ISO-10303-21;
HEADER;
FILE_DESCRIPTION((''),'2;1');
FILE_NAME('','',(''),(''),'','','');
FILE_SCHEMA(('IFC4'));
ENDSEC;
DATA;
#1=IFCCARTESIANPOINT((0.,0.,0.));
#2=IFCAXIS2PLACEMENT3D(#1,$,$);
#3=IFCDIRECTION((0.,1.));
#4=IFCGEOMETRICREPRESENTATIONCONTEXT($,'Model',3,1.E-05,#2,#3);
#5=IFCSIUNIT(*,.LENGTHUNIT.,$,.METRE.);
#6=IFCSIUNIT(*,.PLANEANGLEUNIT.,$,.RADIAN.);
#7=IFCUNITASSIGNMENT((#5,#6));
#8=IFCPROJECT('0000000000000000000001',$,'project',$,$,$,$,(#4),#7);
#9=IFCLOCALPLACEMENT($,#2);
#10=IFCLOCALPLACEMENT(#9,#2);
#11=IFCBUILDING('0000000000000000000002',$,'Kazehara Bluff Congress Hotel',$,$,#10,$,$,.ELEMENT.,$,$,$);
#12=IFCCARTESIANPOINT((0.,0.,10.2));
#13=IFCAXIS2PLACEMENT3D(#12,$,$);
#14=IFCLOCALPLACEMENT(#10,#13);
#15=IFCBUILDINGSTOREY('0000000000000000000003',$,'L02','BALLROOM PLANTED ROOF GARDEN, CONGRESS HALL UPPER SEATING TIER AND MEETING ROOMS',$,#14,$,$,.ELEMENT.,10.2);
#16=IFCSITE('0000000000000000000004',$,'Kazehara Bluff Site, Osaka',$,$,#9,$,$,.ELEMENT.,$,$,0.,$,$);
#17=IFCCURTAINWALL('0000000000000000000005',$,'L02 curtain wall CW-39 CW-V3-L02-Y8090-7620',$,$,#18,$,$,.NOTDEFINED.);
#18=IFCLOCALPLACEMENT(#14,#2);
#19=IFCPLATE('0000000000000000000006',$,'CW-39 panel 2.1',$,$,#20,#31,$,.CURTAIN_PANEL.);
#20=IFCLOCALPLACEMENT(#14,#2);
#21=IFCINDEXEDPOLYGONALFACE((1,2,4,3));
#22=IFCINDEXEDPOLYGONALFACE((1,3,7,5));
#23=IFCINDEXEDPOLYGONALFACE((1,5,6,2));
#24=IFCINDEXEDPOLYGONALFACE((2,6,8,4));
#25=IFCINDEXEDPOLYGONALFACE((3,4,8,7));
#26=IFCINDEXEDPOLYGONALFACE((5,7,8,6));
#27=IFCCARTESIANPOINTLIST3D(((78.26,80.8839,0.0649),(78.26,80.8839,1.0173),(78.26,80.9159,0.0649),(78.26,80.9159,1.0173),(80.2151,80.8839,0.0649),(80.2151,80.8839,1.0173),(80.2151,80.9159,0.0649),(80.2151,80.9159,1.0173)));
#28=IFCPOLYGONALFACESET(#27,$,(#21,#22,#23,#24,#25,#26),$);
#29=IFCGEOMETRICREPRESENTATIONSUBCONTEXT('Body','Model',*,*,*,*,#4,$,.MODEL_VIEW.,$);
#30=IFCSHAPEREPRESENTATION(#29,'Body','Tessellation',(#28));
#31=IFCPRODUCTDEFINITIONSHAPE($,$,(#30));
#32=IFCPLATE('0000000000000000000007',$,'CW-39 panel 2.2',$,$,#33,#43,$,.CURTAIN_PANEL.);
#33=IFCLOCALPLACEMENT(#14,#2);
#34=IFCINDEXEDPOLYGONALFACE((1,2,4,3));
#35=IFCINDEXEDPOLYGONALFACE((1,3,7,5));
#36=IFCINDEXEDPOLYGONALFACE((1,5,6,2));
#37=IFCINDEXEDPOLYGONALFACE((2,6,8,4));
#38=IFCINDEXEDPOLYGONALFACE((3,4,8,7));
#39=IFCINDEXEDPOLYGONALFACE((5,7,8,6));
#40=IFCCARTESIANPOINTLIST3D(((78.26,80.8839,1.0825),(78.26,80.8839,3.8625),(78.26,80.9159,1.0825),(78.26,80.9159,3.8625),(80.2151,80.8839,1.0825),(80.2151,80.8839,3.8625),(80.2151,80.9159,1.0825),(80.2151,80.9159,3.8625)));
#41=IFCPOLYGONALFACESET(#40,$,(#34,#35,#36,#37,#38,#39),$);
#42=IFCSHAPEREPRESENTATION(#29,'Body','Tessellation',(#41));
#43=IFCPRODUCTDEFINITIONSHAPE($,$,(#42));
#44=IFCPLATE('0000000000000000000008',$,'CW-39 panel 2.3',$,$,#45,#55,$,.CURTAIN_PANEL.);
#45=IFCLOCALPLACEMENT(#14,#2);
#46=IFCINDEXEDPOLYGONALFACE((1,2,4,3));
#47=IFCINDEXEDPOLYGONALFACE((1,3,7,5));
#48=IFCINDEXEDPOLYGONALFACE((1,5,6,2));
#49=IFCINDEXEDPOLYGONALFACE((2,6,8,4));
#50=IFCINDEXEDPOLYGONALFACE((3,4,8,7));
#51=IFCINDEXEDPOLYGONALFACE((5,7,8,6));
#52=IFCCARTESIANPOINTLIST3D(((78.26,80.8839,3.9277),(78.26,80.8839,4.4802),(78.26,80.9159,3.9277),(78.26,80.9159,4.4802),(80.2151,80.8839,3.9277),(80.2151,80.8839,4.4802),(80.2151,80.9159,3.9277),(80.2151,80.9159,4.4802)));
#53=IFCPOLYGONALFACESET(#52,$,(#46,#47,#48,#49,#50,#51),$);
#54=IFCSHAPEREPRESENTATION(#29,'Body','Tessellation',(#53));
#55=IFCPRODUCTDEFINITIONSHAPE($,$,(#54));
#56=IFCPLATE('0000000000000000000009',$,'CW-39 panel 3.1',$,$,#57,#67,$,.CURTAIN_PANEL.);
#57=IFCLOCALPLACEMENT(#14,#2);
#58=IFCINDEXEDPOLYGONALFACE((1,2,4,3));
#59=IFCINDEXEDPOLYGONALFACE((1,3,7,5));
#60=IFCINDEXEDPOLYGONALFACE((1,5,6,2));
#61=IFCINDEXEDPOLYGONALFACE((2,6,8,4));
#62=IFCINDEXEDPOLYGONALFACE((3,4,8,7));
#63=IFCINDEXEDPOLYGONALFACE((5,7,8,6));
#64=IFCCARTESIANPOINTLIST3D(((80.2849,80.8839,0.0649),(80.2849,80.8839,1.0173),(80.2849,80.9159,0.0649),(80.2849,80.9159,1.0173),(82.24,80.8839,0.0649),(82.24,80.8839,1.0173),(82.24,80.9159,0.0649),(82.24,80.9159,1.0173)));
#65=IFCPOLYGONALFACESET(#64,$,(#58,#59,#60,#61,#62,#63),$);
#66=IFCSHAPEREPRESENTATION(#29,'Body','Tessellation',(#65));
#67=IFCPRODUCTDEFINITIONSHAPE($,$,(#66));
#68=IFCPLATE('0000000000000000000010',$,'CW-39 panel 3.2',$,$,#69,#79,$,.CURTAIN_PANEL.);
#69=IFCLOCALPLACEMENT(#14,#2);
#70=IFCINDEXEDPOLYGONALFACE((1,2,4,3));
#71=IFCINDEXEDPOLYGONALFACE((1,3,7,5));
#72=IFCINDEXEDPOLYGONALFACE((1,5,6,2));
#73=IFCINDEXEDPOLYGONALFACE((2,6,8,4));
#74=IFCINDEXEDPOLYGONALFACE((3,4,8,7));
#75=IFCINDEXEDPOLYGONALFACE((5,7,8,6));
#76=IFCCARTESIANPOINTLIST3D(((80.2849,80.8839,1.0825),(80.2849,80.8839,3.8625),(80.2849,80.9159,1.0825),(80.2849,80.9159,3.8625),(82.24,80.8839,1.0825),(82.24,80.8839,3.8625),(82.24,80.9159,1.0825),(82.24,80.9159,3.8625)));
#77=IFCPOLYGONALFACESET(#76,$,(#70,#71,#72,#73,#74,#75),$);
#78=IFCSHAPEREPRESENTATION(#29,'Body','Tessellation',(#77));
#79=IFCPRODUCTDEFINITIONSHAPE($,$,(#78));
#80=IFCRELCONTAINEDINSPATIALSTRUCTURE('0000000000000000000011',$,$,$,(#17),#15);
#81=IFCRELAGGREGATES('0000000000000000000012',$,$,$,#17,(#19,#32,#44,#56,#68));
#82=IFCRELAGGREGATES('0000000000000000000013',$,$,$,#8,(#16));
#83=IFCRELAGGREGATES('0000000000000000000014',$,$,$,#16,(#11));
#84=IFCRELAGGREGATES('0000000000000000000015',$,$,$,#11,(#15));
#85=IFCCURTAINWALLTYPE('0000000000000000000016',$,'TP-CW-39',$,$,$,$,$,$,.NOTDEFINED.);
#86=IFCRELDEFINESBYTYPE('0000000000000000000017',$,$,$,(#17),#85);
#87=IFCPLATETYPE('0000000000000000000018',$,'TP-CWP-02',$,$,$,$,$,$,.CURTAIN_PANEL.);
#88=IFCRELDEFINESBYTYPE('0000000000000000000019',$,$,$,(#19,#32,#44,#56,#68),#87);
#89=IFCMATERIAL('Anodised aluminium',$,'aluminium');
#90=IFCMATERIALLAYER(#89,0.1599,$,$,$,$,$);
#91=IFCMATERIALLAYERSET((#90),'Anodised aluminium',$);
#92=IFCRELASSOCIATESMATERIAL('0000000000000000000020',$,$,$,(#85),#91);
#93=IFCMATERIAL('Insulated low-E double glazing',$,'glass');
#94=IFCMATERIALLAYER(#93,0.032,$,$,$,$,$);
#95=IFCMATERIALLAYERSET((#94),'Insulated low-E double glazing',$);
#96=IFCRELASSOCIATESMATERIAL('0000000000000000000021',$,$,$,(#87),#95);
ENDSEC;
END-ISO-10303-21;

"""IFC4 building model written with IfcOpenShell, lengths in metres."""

from ifc_helpers import new_model, si_unit, direction, frame, origin, origin_2d, place, context, subcontext, project, spatial, rectangle, extrude, material, layer, layer_set, type_object, element, aggregate, save


model = new_model("IFC4")

# Units and contexts
model_context = context("Model", 3, precision=1e-05, world=origin(), true_north=direction((0.0, 1.0)))
body_context = subcontext(model_context, "Body", "Model", "MODEL_VIEW")
ifc_project = project(units=[si_unit("LENGTHUNIT", "METRE"), si_unit("PLANEANGLEUNIT", "RADIAN")], contexts=[model_context])

# Site, building, storey
site_placement = place(None, origin())
site = spatial("IfcSite", under=ifc_project, at=site_placement, Name="Kazehara Bluff Site, Osaka", CompositionType="ELEMENT", RefElevation=0.0)
building_placement = place(site_placement, origin())
building = spatial("IfcBuilding", under=site, at=building_placement, Name="Kazehara Bluff Congress Hotel", CompositionType="ELEMENT")
storey_placement = place(building_placement, frame((0.0, 0.0, 10.2)))
storey = spatial("IfcBuildingStorey", under=building, at=storey_placement, Name="L02", Description="BALLROOM PLANTED ROOF GARDEN, CONGRESS HALL UPPER SEATING TIER AND MEETING ROOMS", CompositionType="ELEMENT", Elevation=10.2)

# Shared definitions
ifc_material_1 = material(Name="Anodised aluminium", Category="aluminium")
ifc_layer_1 = layer(ifc_material_1, 0.1599)
ifc_layer_set_1 = layer_set([ifc_layer_1], Name="Anodised aluminium")
curtain_wall_type = type_object("IfcCurtainWallType", Name="TP-CW-39", PredefinedType="NOTDEFINED", material=ifc_layer_set_1)

# Curtain wall
curtain_wall_1_placement = place(storey_placement, origin())
curtain_wall_1 = element("IfcCurtainWall", 1, at=curtain_wall_1_placement, inside=storey, type_object=curtain_wall_type, Name="L02 curtain wall CW-39 CW-V3-L02-Y8090-7620", PredefinedType="NOTDEFINED")

# Plates
ifc_material_2 = material(Name="Insulated low-E double glazing", Category="glass")
ifc_layer_2 = layer(ifc_material_2, 0.032)
ifc_layer_set_2 = layer_set([ifc_layer_2], Name="Insulated low-E double glazing")
plate_type = type_object("IfcPlateType", Name="TP-CWP-02", PredefinedType="CURTAIN_PANEL", material=ifc_layer_set_2)
plate_1_placement = place(storey_placement, frame((79.2375, 80.8999, 0.0649), z_axis=(0.0, 0.0, 1.0), x_axis=(1.0, 0.0, 0.0)))
plate_1 = element("IfcPlate", 2, at=plate_1_placement, type_object=plate_type, Name="CW-39 panel 2.1", PredefinedType="CURTAIN_PANEL", context=body_context, shape_type="SweptSolid", body=[
    extrude(rectangle(XDim=1.9551, YDim=0.032, at=origin_2d()), origin(), (0.0, 0.0, 1.0), 0.9524),
])
plate_2_placement = place(storey_placement, frame((79.2375, 80.8999, 1.0825), z_axis=(0.0, 0.0, 1.0), x_axis=(1.0, 0.0, 0.0)))
plate_2 = element("IfcPlate", 3, at=plate_2_placement, type_object=plate_type, Name="CW-39 panel 2.2", PredefinedType="CURTAIN_PANEL", context=body_context, shape_type="SweptSolid", body=[
    extrude(rectangle(XDim=1.9551, YDim=0.032, at=origin_2d()), origin(), (0.0, 0.0, 1.0), 2.78),
])
plate_3_placement = place(storey_placement, frame((79.2375, 80.8999, 3.9277), z_axis=(0.0, 0.0, 1.0), x_axis=(1.0, 0.0, 0.0)))
plate_3 = element("IfcPlate", 4, at=plate_3_placement, type_object=plate_type, Name="CW-39 panel 2.3", PredefinedType="CURTAIN_PANEL", context=body_context, shape_type="SweptSolid", body=[
    extrude(rectangle(XDim=1.9551, YDim=0.032, at=origin_2d()), origin(), (0.0, 0.0, 1.0), 0.5525),
])
plate_4_placement = place(storey_placement, frame((81.2625, 80.8999, 0.0649), z_axis=(0.0, 0.0, 1.0), x_axis=(1.0, 0.0, 0.0)))
plate_4 = element("IfcPlate", 5, at=plate_4_placement, type_object=plate_type, Name="CW-39 panel 3.1", PredefinedType="CURTAIN_PANEL", context=body_context, shape_type="SweptSolid", body=[
    extrude(rectangle(XDim=1.9551, YDim=0.032, at=origin_2d()), origin(), (0.0, 0.0, 1.0), 0.9524),
])
plate_5_placement = place(storey_placement, frame((81.2625, 80.8999, 1.0825), z_axis=(0.0, 0.0, 1.0), x_axis=(1.0, 0.0, 0.0)))
plate_5 = element("IfcPlate", 6, at=plate_5_placement, type_object=plate_type, Name="CW-39 panel 3.2", PredefinedType="CURTAIN_PANEL", context=body_context, shape_type="SweptSolid", body=[
    extrude(rectangle(XDim=1.9551, YDim=0.032, at=origin_2d()), origin(), (0.0, 0.0, 1.0), 2.78),
])
aggregate(curtain_wall_1, [plate_1, plate_2, plate_3, plate_4, plate_5])

save(model, "model.ifc")
